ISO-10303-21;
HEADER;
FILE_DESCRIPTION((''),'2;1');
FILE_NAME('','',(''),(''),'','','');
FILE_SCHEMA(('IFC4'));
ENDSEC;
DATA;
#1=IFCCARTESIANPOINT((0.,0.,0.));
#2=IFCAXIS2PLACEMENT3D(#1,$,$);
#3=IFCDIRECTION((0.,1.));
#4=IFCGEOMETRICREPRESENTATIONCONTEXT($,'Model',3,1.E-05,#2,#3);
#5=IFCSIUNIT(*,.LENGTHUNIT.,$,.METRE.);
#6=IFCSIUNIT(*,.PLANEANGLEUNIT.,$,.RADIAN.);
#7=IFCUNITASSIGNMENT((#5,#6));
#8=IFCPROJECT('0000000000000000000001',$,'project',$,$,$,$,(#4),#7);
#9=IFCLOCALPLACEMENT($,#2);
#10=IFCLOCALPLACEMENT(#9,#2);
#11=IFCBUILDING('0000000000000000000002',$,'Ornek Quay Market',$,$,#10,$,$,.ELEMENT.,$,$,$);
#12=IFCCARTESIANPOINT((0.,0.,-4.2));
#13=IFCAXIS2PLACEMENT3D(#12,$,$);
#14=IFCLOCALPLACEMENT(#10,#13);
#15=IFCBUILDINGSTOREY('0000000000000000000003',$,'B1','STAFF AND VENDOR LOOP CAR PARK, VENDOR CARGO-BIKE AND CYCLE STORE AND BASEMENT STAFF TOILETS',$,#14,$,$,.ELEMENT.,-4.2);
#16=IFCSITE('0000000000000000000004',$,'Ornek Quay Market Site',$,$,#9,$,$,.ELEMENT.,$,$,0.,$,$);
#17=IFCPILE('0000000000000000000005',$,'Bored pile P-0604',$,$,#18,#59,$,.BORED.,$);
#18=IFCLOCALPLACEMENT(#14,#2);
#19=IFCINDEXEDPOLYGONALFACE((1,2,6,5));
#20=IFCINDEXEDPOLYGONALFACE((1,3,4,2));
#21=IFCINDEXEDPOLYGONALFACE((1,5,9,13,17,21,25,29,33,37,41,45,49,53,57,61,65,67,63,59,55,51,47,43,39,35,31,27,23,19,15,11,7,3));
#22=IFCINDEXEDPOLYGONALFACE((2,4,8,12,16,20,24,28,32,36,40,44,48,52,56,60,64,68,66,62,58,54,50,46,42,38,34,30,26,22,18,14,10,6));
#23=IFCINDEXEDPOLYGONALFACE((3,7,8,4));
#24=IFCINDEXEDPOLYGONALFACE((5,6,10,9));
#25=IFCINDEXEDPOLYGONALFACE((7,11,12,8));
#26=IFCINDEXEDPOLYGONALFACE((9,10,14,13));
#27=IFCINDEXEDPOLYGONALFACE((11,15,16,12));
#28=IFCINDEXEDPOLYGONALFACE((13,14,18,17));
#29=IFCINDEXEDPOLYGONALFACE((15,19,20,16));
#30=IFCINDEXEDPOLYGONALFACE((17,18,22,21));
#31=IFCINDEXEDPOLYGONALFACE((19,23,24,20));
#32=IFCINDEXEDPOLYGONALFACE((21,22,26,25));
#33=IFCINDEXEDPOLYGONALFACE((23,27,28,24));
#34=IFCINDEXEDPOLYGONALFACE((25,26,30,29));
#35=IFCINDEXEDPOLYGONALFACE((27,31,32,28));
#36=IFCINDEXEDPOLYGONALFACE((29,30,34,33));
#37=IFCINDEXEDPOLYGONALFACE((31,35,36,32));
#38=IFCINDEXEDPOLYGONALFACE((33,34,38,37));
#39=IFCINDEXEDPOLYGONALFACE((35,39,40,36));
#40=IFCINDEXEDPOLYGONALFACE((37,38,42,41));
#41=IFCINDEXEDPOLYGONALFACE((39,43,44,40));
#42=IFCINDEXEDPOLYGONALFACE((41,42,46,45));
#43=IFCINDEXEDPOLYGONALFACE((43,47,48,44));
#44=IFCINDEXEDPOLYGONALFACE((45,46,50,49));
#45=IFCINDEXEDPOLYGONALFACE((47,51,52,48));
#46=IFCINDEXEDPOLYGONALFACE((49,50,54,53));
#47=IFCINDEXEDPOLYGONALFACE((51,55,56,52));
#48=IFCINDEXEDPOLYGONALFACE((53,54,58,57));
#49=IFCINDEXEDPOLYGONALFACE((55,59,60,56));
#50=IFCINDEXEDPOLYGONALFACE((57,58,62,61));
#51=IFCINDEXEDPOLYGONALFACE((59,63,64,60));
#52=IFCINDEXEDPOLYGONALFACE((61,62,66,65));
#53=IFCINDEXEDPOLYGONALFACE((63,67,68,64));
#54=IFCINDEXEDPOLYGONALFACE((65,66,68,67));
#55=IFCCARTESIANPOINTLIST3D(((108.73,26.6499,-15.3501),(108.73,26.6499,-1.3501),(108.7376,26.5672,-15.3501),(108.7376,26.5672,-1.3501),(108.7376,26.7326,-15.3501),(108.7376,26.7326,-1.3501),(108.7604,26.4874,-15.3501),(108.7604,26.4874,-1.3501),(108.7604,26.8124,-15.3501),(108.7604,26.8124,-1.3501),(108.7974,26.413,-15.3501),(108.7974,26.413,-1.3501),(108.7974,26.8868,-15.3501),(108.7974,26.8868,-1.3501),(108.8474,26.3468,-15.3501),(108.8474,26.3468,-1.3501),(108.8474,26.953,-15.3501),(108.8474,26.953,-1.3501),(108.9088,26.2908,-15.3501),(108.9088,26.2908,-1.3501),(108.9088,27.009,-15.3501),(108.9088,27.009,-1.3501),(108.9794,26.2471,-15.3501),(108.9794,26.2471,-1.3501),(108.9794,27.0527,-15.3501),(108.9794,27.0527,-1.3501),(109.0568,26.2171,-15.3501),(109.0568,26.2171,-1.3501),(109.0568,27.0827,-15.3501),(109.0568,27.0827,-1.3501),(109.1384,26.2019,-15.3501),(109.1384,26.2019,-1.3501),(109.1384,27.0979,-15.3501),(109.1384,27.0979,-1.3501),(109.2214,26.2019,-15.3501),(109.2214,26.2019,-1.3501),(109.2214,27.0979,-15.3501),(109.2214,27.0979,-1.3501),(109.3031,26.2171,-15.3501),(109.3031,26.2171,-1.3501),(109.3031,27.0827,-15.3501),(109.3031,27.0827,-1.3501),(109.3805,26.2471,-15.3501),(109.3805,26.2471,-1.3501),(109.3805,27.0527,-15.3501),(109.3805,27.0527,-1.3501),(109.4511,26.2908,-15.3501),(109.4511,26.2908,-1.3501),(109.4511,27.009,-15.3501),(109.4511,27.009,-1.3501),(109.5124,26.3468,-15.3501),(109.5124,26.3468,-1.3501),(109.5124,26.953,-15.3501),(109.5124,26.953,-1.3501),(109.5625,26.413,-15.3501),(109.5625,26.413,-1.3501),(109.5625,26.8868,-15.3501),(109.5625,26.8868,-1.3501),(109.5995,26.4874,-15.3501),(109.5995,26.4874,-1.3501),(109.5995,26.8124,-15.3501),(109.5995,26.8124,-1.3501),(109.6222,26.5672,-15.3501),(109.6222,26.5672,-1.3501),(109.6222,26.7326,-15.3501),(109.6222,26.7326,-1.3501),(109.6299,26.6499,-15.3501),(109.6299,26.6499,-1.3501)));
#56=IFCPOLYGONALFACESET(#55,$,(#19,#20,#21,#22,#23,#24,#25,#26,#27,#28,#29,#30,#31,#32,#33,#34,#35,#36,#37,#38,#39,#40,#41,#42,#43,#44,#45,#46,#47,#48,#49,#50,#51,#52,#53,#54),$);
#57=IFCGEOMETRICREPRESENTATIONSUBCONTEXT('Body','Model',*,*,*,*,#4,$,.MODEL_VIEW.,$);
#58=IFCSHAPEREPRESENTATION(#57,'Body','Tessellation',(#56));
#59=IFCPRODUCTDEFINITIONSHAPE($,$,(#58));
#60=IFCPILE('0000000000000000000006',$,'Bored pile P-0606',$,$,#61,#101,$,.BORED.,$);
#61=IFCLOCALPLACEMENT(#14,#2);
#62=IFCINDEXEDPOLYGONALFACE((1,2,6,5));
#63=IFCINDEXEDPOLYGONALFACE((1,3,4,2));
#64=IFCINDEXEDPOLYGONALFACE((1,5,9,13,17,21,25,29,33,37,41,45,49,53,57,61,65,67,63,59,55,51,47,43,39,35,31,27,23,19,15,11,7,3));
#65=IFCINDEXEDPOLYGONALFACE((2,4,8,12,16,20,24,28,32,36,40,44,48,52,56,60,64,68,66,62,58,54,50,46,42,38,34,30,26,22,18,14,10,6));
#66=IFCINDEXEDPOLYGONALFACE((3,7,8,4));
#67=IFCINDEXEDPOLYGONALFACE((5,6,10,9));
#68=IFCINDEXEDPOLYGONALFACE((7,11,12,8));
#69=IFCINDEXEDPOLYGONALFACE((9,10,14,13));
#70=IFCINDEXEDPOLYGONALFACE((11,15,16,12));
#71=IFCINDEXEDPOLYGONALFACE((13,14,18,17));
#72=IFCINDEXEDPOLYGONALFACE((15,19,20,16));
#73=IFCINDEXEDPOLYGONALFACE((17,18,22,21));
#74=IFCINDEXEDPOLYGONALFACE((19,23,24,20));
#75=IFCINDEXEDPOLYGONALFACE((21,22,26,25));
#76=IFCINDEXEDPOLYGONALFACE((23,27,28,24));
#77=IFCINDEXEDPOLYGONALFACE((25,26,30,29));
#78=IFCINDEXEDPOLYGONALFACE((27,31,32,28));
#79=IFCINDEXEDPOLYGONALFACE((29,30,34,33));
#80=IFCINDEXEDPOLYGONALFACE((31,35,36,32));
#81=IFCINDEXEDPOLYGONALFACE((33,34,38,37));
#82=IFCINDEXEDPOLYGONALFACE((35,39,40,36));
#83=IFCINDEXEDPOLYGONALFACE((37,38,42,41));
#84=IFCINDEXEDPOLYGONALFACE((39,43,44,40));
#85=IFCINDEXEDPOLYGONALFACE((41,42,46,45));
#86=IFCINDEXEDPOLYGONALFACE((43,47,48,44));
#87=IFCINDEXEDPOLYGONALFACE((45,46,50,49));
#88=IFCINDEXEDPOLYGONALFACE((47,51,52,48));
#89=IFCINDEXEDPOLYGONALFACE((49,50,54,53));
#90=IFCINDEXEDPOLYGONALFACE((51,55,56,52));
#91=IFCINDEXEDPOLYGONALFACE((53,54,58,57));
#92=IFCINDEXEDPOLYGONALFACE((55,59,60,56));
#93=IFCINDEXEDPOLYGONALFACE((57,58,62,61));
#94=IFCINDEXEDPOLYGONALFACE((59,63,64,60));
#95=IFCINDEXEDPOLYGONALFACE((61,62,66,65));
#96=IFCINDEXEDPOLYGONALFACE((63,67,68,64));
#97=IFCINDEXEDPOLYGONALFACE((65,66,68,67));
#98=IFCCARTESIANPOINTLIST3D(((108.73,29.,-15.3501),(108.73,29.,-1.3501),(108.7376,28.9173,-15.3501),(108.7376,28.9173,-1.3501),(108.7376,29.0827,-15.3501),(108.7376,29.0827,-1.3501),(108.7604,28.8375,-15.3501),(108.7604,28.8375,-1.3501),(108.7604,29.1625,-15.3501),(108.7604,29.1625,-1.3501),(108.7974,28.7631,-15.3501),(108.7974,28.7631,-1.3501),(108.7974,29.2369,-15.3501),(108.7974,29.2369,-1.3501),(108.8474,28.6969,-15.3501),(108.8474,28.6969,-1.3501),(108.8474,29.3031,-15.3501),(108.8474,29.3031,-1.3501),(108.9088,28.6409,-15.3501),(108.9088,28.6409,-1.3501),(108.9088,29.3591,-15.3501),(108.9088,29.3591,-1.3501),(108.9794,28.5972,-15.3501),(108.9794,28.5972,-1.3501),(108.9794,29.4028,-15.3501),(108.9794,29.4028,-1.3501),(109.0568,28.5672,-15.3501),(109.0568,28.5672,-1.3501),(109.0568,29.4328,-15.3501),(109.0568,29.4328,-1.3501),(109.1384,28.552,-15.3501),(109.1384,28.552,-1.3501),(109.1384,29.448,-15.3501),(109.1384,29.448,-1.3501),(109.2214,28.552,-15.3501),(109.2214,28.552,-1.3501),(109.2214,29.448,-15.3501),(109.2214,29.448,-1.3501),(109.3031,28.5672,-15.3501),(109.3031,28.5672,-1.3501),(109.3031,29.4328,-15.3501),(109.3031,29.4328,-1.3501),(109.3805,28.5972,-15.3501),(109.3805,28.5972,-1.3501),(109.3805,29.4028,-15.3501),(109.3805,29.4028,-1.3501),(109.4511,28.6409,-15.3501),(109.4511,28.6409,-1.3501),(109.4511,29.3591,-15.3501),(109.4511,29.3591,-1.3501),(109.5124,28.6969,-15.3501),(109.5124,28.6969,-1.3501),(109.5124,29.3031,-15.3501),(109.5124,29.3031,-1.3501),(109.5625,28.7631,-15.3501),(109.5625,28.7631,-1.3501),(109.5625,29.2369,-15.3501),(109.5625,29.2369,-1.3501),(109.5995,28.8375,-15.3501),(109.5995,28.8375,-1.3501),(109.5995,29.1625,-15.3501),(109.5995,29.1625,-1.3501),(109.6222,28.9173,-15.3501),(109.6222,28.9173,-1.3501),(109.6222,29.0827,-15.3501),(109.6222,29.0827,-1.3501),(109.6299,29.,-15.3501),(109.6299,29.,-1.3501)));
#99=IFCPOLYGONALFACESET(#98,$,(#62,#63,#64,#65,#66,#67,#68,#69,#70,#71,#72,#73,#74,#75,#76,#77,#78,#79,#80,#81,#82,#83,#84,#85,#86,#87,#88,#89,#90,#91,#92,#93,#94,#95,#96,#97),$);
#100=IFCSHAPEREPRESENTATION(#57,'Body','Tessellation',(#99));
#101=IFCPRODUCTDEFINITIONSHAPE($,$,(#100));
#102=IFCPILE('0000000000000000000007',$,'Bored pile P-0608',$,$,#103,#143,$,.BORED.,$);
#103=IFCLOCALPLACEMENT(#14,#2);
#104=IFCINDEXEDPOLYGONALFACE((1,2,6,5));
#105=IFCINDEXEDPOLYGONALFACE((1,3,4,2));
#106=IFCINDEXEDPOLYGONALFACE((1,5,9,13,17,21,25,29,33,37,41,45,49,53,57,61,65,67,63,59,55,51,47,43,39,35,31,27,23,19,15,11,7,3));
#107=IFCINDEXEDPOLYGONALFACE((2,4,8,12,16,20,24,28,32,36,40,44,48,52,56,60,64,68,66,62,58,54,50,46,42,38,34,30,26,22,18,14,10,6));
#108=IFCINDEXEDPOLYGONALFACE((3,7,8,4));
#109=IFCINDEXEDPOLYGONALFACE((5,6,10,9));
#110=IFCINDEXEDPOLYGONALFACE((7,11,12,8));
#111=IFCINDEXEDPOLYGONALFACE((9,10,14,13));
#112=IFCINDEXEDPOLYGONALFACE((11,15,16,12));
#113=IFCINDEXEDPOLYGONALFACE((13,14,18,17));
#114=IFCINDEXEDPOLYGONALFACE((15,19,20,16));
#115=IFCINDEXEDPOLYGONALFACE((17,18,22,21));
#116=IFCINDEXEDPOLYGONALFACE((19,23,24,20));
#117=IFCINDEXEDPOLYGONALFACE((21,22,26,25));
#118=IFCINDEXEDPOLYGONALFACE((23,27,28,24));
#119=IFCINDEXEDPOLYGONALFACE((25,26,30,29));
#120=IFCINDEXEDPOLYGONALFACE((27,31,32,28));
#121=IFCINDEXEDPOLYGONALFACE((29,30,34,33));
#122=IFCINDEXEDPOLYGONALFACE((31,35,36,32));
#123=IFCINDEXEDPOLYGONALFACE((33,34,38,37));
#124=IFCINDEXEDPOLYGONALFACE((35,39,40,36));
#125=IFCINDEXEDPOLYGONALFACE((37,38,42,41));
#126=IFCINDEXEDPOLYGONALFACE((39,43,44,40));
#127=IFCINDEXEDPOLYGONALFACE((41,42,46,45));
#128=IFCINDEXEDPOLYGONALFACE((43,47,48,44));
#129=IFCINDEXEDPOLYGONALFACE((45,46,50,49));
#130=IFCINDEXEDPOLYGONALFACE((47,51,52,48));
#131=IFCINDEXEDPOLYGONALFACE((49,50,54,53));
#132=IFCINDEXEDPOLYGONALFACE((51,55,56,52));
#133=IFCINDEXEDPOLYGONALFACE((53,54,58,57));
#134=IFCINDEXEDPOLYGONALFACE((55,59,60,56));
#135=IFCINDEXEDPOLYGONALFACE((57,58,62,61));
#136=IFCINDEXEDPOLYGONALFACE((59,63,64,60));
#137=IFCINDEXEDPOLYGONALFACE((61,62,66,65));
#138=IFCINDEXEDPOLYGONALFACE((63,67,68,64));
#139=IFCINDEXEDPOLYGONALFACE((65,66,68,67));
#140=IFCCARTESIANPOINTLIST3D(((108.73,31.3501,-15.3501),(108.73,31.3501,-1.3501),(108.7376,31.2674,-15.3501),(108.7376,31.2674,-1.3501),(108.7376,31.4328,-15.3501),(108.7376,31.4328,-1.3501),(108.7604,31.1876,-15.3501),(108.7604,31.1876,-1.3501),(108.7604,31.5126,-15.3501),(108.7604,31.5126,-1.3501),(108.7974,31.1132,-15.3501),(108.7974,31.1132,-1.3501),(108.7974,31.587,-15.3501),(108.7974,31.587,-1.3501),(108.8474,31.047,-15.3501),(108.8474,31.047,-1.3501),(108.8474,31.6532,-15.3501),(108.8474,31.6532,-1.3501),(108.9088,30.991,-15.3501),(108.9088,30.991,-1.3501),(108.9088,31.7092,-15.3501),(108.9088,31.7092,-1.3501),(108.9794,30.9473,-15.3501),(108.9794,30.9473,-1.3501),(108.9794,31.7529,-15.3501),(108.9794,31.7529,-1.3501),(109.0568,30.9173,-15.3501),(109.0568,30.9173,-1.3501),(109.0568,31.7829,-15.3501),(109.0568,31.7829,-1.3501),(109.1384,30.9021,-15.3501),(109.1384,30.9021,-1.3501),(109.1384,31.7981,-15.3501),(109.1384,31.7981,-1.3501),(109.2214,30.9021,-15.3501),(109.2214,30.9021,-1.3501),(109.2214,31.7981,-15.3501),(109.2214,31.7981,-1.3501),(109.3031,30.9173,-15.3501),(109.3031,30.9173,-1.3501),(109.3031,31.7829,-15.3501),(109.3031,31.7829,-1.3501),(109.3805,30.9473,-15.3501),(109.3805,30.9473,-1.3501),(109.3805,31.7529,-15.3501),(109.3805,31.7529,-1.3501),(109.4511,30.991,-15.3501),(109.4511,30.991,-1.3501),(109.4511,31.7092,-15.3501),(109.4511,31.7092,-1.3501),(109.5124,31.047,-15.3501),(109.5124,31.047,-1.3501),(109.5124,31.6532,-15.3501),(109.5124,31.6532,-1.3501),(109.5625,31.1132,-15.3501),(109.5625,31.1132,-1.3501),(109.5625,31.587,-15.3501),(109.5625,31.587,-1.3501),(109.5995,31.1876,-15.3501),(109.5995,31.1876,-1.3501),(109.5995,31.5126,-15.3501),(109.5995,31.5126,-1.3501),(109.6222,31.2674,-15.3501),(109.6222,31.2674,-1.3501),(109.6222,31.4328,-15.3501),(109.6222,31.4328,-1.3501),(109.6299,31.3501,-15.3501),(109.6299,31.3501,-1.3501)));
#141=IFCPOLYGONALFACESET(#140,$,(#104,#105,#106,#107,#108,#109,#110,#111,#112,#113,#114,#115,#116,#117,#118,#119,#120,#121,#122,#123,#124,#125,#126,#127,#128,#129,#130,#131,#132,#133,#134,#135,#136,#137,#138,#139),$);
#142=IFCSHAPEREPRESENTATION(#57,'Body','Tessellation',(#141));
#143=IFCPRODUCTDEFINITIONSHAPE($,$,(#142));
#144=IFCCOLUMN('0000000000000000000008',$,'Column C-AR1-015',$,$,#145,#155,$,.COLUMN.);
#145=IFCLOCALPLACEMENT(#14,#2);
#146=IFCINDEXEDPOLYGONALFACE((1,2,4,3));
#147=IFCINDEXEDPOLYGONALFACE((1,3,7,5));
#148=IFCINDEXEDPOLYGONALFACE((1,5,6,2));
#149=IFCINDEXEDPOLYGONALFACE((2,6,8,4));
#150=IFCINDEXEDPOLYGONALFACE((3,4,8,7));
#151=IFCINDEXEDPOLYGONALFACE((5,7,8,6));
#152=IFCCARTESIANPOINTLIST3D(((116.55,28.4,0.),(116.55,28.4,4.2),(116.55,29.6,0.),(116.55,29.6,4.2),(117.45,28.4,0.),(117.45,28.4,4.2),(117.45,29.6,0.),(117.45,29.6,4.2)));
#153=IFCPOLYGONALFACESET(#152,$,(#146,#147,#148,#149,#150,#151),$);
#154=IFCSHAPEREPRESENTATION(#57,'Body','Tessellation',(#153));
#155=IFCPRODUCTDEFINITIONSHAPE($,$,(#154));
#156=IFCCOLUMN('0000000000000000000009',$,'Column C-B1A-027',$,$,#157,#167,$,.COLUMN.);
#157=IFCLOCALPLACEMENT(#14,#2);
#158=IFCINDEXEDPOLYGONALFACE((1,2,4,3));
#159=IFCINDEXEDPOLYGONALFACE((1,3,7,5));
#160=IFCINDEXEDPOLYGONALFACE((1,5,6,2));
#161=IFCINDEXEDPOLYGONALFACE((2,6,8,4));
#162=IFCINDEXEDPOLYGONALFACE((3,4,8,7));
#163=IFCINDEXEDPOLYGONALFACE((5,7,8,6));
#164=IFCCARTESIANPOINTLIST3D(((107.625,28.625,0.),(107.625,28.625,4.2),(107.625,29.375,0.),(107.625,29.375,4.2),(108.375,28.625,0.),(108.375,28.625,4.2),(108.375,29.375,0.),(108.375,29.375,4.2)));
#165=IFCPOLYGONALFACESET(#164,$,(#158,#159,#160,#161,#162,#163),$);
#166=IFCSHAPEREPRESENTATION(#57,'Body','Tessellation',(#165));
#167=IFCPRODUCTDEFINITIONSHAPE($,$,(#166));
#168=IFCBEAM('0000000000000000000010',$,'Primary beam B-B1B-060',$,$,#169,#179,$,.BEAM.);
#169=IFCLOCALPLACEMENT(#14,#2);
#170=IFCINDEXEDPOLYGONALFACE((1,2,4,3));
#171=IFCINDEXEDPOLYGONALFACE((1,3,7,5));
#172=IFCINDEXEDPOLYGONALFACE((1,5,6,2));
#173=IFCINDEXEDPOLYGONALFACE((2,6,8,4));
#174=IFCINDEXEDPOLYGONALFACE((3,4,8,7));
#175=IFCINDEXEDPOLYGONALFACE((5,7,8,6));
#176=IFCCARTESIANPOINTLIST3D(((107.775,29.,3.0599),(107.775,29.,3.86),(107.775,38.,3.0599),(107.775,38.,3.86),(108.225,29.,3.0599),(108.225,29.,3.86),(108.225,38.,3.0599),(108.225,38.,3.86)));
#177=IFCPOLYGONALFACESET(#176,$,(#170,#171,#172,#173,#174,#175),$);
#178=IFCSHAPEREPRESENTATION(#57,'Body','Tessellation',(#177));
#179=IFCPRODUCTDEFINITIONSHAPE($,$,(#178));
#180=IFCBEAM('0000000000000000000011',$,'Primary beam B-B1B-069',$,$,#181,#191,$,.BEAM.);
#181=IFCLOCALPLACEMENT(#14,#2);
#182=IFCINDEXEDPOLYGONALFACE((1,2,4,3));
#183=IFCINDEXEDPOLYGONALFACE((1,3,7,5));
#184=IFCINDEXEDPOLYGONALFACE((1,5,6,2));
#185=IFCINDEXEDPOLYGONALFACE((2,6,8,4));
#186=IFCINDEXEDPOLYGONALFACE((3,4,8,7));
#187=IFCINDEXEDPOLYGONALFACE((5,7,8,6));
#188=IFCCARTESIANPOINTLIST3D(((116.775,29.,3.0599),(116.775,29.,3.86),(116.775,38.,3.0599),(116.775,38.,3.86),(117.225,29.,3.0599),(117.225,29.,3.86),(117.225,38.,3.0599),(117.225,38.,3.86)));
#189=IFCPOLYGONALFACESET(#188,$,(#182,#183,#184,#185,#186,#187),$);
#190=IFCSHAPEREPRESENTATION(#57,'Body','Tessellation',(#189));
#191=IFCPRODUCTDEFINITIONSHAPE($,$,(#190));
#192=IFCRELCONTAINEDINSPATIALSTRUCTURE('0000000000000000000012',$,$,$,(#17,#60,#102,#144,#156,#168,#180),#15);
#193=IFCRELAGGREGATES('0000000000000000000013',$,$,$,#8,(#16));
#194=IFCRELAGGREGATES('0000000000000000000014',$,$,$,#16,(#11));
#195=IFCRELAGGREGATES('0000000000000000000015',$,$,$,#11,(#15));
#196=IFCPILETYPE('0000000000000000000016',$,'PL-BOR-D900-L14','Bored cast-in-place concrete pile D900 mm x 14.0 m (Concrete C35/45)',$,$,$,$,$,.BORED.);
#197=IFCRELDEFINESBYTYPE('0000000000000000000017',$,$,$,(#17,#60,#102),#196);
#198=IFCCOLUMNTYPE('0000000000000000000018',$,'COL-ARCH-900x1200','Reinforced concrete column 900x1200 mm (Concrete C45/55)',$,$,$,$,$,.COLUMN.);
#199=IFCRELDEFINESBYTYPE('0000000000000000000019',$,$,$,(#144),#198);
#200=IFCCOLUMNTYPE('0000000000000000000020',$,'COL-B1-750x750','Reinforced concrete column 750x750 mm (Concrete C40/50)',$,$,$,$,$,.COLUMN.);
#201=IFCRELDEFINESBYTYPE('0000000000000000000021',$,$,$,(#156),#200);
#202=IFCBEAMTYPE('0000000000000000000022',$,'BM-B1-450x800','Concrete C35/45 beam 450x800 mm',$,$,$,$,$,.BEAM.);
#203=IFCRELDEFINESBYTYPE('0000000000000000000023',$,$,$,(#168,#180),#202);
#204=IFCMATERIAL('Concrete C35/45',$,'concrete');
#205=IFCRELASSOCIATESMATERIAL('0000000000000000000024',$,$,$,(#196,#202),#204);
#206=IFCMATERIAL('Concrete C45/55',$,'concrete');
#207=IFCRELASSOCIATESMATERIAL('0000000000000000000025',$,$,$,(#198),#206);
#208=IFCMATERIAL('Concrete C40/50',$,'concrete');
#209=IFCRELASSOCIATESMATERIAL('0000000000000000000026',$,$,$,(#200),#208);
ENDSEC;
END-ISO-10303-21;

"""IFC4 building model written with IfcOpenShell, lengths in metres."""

from ifc_helpers import new_model, si_unit, direction, frame, origin, origin_2d, place, context, subcontext, project, spatial, rectangle, circle, extrude, material, material_profile, profile_set, type_object, element, save


model = new_model("IFC4")

# Units and contexts
model_context = context("Model", 3, precision=1e-05, world=origin(), true_north=direction((0.0, 1.0)))
body_context = subcontext(model_context, "Body", "Model", "MODEL_VIEW")
ifc_project = project(units=[si_unit("LENGTHUNIT", "METRE"), si_unit("PLANEANGLEUNIT", "RADIAN")], contexts=[model_context])

# Site, building, storey
site_placement = place(None, origin())
site = spatial("IfcSite", under=ifc_project, at=site_placement, Name="Ornek Quay Market Site", CompositionType="ELEMENT", RefElevation=0.0)
building_placement = place(site_placement, origin())
building = spatial("IfcBuilding", under=site, at=building_placement, Name="Ornek Quay Market", CompositionType="ELEMENT")
storey_placement = place(building_placement, frame((0.0, 0.0, -4.2)))
storey = spatial("IfcBuildingStorey", under=building, at=storey_placement, Name="B1", Description="STAFF AND VENDOR LOOP CAR PARK, VENDOR CARGO-BIKE AND CYCLE STORE AND BASEMENT STAFF TOILETS", CompositionType="ELEMENT", Elevation=-4.2)

# Piles
ifc_material_1 = material(Name="Concrete C35/45", Category="concrete")
ifc_material_profile_1 = material_profile(ifc_material_1, circle(Radius=0.45, at=origin_2d()), Name="PILE D900", Category="concrete")
ifc_profile_set_1 = profile_set([ifc_material_profile_1], Name="Concrete C35/45")
pile_type_1 = type_object("IfcPileType", Name="PL-BOR-D900-L14", Description="Bored cast-in-place concrete pile D900 mm x 14.0 m (Concrete C35/45)", PredefinedType="BORED", material=ifc_profile_set_1)
for number, where, z_axis, x_axis, name in (
    (1, (109.1799, 26.6499, -1.3501), (0.0, 0.0, -1.0), (1.0, 0.0, 0.0), "Bored pile P-0604"),
    (2, (109.1799, 29.0, -1.3501), (0.0, 0.0, -1.0), (1.0, 0.0, 0.0), "Bored pile P-0606"),
    (3, (109.1799, 31.3501, -1.3501), (0.0, 0.0, -1.0), (1.0, 0.0, 0.0), "Bored pile P-0608"),
):
    element("IfcPile", number, at=place(storey_placement, frame(where, z_axis=z_axis, x_axis=x_axis)), inside=storey, type_object=pile_type_1, Name=name, PredefinedType="BORED", context=body_context, shape_type="SweptSolid", body=[
        extrude(circle(Radius=0.45, at=origin_2d()), origin(), (0.0, 0.0, 1.0), 14.0),
    ])

# Columns
ifc_material_2 = material(Name="Concrete C45/55", Category="concrete")
ifc_material_profile_2 = material_profile(ifc_material_2, rectangle(XDim=0.8999, YDim=1.2, at=origin_2d()), Name="RC 900x1200", Category="concrete")
ifc_profile_set_2 = profile_set([ifc_material_profile_2], Name="Concrete C45/55")
column_type_1 = type_object("IfcColumnType", Name="COL-ARCH-900x1200", Description="Reinforced concrete column 900x1200 mm (Concrete C45/55)", PredefinedType="COLUMN", material=ifc_profile_set_2)
column_1_placement = place(storey_placement, frame((117.0, 29.0, 0.0), z_axis=(0.0, 0.0, 1.0), x_axis=(1.0, 0.0, 0.0)))
element("IfcColumn", 4, at=column_1_placement, inside=storey, type_object=column_type_1, Name="Column C-AR1-015", PredefinedType="COLUMN", context=body_context, shape_type="SweptSolid", body=[
    extrude(rectangle(XDim=0.8999, YDim=1.2, at=origin_2d()), origin(), (0.0, 0.0, 1.0), 4.2),
])
ifc_material_3 = material(Name="Concrete C40/50", Category="concrete")
ifc_material_profile_3 = material_profile(ifc_material_3, rectangle(XDim=0.75, YDim=0.75, at=origin_2d()), Name="RC 750x750", Category="concrete")
ifc_profile_set_3 = profile_set([ifc_material_profile_3], Name="Concrete C40/50")
column_type_2 = type_object("IfcColumnType", Name="COL-B1-750x750", Description="Reinforced concrete column 750x750 mm (Concrete C40/50)", PredefinedType="COLUMN", material=ifc_profile_set_3)
column_2_placement = place(storey_placement, frame((108.0, 29.0, 0.0), z_axis=(0.0, 0.0, 1.0), x_axis=(1.0, 0.0, 0.0)))
element("IfcColumn", 5, at=column_2_placement, inside=storey, type_object=column_type_2, Name="Column C-B1A-027", PredefinedType="COLUMN", context=body_context, shape_type="SweptSolid", body=[
    extrude(rectangle(XDim=0.75, YDim=0.75, at=origin_2d()), origin(), (0.0, 0.0, 1.0), 4.2),
])

# Beams
ifc_material_profile_4 = material_profile(ifc_material_1, rectangle(XDim=0.45, YDim=0.8, at=origin_2d()), Name="RC 450x800", Category="concrete")
ifc_profile_set_4 = profile_set([ifc_material_profile_4], Name="Concrete C35/45")
beam_type_1 = type_object("IfcBeamType", Name="BM-B1-450x800", Description="Concrete C35/45 beam 450x800 mm", PredefinedType="BEAM", material=ifc_profile_set_4)
for number, where, z_axis, x_axis, name in (
    (6, (108.0, 29.0, 3.46), (0.0, 1.0, 0.0), (-1.0, 0.0, 0.0), "Primary beam B-B1B-060"),
    (7, (117.0, 29.0, 3.46), (0.0, 1.0, 0.0), (-1.0, 0.0, 0.0), "Primary beam B-B1B-069"),
):
    element("IfcBeam", number, at=place(storey_placement, frame(where, z_axis=z_axis, x_axis=x_axis)), inside=storey, type_object=beam_type_1, Name=name, PredefinedType="BEAM", context=body_context, shape_type="SweptSolid", body=[
        extrude(rectangle(XDim=0.45, YDim=0.8, at=origin_2d()), origin(), (0.0, 0.0, 1.0), 9.0),
    ])

save(model, "model.ifc")
